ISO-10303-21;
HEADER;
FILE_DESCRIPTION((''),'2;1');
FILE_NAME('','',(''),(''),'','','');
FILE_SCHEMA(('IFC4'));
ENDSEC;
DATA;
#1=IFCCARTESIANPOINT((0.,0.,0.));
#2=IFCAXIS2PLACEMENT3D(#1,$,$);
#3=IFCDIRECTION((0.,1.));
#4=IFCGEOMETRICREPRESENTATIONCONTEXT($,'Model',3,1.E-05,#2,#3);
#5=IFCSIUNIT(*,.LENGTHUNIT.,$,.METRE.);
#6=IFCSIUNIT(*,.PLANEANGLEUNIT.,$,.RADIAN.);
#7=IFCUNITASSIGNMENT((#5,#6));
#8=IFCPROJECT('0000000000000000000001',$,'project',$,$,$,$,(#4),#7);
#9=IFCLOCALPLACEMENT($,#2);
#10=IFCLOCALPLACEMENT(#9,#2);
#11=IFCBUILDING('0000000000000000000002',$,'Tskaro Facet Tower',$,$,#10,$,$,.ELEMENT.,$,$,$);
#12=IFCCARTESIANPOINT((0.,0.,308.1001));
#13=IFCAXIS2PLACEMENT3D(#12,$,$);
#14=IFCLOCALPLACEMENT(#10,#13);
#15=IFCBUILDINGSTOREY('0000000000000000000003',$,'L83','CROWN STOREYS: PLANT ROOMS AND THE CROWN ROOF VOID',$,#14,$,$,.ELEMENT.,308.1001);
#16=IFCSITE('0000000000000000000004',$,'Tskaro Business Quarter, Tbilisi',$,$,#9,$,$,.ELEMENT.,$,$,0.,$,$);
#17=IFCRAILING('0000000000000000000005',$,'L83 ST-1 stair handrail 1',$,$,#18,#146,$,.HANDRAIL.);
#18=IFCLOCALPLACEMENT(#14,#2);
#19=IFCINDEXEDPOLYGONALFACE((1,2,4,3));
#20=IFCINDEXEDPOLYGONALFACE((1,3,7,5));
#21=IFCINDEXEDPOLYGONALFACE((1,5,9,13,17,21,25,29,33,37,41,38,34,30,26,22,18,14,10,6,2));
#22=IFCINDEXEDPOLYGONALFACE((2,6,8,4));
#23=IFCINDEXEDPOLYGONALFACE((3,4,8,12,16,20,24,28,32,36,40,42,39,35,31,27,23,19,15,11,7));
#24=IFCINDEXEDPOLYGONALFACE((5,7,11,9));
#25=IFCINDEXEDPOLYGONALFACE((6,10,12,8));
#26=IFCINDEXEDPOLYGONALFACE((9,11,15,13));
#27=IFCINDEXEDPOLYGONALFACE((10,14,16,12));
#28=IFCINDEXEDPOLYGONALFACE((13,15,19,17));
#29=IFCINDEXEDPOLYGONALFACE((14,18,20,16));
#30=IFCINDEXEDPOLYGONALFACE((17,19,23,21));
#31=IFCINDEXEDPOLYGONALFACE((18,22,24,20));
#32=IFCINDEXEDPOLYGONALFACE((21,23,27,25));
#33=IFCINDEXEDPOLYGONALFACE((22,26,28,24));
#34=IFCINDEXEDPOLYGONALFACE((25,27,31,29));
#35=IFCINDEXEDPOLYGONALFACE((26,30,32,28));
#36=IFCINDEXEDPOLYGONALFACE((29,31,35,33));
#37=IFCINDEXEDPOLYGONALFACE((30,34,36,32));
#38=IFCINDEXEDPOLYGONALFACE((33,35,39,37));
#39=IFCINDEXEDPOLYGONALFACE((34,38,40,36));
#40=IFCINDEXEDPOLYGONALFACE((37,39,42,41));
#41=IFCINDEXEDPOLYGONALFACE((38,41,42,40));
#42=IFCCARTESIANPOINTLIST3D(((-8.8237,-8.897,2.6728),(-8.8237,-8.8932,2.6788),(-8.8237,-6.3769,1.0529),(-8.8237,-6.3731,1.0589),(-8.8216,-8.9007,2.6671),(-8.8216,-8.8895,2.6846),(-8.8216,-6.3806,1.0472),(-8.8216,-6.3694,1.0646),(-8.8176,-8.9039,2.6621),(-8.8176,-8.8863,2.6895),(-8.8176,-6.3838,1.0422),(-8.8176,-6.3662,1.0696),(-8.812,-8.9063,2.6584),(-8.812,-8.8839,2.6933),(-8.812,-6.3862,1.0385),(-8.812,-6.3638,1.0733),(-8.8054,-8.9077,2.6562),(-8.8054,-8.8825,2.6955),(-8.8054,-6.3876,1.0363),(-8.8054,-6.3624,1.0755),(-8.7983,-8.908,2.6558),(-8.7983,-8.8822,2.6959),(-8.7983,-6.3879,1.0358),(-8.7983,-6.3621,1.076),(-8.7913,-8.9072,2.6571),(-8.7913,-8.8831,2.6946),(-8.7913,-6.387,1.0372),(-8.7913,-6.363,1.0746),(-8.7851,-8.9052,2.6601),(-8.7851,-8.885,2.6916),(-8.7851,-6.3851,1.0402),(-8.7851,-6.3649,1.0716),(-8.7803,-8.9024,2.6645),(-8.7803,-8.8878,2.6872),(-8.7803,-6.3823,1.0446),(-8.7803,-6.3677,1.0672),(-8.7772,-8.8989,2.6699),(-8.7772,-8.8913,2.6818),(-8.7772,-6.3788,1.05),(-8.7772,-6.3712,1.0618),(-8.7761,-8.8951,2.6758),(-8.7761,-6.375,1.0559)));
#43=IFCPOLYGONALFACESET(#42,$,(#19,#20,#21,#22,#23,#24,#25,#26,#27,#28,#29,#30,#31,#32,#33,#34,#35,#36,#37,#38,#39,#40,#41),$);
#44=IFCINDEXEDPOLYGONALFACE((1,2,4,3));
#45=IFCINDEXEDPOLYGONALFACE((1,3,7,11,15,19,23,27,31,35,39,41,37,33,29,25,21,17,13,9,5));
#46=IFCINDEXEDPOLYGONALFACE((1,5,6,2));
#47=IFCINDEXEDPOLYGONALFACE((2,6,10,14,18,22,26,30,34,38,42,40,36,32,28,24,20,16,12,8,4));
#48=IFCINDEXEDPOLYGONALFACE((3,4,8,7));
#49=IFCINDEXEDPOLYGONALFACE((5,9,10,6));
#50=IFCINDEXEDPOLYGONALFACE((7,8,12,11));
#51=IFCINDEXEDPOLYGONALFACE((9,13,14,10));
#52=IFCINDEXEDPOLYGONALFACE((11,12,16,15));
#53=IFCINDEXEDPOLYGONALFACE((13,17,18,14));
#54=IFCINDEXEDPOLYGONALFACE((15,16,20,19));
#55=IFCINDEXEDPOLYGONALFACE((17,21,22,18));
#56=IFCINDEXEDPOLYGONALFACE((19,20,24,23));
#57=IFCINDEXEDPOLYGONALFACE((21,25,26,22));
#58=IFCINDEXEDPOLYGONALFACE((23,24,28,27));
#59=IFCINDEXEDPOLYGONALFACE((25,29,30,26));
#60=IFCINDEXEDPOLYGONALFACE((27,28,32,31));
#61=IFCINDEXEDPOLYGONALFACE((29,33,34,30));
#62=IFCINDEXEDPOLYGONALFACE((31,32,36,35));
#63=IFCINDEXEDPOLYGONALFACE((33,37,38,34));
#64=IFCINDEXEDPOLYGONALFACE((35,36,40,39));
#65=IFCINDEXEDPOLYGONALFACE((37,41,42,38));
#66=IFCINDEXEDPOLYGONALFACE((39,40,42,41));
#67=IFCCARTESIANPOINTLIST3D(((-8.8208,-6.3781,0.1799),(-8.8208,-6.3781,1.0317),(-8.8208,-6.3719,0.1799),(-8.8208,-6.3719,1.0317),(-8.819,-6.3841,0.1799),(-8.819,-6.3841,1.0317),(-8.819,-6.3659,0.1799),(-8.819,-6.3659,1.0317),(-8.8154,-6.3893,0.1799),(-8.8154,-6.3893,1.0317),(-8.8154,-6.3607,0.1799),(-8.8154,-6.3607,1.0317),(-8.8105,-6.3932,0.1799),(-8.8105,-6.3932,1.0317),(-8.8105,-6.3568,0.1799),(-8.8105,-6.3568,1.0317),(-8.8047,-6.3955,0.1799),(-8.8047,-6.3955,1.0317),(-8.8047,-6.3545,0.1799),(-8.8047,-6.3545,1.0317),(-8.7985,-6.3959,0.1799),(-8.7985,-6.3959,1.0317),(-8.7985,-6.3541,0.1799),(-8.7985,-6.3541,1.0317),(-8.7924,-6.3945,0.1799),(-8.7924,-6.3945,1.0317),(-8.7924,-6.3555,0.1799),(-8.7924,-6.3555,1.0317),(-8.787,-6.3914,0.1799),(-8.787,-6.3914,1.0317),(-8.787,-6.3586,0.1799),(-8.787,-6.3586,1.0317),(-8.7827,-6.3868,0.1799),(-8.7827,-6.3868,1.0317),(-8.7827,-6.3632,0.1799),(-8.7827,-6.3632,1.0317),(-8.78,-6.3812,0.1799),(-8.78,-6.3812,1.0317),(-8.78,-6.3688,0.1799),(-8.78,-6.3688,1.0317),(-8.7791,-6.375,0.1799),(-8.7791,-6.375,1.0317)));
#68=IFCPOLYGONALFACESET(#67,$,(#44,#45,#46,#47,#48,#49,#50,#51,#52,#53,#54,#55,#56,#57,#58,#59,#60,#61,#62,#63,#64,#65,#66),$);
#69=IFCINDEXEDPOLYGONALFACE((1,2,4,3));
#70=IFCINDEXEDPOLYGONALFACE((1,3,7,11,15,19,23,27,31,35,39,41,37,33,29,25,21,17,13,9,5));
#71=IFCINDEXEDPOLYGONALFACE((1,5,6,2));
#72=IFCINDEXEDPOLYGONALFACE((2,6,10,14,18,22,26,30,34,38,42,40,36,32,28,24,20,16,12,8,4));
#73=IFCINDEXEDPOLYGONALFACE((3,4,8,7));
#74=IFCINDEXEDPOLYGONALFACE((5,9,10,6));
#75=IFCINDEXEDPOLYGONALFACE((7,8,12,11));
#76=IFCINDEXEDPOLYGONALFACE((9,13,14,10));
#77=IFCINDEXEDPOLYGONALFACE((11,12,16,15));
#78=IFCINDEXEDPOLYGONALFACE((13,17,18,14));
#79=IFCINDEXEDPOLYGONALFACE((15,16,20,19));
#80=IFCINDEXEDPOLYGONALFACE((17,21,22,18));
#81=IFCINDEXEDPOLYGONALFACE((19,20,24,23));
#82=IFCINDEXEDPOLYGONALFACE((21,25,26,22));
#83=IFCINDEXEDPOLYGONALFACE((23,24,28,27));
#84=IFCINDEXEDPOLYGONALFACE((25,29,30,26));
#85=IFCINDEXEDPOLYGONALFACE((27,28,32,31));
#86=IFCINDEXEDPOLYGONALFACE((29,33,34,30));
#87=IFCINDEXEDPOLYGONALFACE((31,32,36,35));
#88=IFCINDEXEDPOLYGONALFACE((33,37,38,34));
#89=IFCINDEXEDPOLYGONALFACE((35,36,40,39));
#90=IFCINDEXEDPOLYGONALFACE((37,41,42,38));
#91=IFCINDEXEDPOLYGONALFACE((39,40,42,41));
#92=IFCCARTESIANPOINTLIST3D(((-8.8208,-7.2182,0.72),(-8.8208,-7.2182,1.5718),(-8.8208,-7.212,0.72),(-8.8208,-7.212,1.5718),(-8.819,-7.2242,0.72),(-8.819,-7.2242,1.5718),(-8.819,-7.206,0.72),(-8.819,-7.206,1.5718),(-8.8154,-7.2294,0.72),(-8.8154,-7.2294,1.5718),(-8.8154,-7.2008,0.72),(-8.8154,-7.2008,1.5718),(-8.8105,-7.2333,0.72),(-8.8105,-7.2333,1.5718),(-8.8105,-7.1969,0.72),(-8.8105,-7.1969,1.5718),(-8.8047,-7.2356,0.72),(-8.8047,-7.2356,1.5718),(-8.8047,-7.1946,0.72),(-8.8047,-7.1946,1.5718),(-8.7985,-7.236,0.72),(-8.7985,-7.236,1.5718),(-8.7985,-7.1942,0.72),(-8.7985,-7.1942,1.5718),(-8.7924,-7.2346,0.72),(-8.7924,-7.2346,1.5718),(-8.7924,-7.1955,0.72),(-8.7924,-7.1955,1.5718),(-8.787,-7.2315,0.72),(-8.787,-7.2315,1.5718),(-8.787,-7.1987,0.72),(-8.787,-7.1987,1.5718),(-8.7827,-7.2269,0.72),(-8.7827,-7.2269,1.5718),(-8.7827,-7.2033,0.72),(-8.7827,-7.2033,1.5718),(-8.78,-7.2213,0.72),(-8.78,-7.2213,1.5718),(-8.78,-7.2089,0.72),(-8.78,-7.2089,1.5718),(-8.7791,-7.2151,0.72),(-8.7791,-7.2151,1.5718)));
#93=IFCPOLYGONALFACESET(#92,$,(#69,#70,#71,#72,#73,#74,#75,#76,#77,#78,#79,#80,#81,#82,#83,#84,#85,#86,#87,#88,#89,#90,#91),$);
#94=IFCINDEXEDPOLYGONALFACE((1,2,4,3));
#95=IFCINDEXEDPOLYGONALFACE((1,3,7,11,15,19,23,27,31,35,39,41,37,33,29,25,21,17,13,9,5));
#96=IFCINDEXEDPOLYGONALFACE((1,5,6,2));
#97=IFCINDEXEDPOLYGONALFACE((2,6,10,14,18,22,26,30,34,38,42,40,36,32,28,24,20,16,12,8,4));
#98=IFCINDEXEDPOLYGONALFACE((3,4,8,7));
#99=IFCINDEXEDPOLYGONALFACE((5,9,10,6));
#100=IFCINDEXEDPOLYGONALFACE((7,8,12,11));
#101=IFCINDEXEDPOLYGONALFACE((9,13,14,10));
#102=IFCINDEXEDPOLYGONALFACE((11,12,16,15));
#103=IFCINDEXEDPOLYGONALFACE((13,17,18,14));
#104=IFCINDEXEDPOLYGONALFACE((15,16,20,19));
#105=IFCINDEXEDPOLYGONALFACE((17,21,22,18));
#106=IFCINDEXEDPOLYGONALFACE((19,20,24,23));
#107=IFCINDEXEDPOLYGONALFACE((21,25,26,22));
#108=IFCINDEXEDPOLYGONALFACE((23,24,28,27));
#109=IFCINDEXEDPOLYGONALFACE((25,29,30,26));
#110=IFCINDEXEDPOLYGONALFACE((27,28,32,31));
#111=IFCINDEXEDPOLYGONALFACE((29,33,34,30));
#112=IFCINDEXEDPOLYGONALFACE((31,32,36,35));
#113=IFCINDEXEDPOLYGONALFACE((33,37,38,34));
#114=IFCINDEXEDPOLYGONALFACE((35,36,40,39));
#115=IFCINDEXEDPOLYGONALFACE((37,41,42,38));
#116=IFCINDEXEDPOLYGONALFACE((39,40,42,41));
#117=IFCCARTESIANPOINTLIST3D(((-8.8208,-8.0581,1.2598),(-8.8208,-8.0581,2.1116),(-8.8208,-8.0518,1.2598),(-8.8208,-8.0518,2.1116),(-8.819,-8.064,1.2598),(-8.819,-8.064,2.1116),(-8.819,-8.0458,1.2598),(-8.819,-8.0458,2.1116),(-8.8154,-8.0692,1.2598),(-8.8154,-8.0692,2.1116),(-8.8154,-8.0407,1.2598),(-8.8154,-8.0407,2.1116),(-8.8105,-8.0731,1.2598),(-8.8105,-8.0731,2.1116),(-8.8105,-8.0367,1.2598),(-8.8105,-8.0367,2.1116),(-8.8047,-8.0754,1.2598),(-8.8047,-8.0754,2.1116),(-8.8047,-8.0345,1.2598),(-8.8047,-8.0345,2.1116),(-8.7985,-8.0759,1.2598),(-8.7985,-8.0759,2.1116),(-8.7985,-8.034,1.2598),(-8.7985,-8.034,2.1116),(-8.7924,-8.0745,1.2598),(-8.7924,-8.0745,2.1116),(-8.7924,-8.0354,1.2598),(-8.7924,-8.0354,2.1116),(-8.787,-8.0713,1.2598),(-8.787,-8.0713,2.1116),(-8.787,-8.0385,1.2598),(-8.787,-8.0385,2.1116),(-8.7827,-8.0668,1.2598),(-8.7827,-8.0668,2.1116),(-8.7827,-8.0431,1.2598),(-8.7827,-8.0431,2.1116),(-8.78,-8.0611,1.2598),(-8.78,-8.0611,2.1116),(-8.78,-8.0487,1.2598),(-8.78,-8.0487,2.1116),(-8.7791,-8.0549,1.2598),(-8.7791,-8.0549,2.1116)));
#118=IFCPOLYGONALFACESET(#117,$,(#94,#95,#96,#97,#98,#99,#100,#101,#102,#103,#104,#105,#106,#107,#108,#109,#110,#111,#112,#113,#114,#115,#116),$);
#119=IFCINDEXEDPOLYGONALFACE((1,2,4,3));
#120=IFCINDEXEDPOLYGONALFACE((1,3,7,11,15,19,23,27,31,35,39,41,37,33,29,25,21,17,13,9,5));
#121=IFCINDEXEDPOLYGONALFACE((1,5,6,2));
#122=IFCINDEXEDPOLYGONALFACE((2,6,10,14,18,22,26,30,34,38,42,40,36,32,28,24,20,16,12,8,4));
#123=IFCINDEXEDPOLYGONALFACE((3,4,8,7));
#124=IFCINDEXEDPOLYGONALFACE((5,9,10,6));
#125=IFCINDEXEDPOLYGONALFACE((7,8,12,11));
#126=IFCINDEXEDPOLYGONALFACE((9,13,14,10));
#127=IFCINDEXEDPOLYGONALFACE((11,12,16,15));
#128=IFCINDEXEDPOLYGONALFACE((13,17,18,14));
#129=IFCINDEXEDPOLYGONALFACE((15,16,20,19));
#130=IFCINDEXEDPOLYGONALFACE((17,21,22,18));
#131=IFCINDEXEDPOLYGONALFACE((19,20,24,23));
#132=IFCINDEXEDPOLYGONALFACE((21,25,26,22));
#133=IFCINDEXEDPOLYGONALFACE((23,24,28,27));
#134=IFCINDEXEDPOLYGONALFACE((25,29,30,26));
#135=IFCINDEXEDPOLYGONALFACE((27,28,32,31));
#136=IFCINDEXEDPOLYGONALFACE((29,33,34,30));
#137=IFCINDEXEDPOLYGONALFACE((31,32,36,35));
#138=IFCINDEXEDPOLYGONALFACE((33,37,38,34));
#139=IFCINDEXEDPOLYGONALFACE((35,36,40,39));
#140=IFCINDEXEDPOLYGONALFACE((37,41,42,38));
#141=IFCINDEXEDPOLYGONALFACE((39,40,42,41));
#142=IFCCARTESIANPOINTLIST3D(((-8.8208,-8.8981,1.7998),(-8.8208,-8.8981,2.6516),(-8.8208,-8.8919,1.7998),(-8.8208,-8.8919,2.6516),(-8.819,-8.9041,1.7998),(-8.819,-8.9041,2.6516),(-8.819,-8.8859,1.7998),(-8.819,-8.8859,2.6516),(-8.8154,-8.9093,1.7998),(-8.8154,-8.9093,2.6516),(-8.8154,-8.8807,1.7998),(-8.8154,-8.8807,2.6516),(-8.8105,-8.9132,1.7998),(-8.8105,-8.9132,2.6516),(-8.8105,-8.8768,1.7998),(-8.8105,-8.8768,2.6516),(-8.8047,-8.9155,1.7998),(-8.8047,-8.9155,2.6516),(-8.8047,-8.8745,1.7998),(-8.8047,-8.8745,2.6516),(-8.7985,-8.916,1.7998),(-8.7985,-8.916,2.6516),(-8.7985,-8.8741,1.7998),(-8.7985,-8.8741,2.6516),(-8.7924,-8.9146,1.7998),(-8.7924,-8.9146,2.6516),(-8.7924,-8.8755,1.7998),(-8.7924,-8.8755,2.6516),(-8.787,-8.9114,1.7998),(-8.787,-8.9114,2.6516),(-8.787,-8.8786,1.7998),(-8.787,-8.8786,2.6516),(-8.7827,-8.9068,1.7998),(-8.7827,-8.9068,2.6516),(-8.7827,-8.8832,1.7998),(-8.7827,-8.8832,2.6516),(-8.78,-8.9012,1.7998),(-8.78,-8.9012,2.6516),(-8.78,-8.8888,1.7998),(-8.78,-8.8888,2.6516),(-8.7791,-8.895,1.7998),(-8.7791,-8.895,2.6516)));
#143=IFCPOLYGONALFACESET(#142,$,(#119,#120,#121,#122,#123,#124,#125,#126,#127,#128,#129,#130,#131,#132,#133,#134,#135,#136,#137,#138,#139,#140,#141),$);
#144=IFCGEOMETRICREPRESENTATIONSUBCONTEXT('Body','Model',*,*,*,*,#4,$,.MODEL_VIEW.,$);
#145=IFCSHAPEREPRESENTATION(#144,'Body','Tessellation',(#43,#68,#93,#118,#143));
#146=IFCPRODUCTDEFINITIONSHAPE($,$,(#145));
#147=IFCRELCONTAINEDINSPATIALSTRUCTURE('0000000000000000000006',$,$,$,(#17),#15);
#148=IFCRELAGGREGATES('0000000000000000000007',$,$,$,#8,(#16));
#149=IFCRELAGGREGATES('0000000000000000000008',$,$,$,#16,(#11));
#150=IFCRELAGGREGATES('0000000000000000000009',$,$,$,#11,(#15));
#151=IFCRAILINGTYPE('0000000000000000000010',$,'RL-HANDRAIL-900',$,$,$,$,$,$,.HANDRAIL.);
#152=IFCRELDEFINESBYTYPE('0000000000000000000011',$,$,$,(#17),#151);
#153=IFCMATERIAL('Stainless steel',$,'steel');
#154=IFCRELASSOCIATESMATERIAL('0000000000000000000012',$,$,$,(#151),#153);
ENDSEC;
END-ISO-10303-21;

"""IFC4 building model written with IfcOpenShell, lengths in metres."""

from ifc_helpers import new_model, si_unit, direction, frame, origin, origin_2d, place, context, subcontext, project, spatial, circle, extrude, material, type_object, element, save


model = new_model("IFC4")

# Units and contexts
model_context = context("Model", 3, precision=1e-05, world=origin(), true_north=direction((0.0, 1.0)))
body_context = subcontext(model_context, "Body", "Model", "MODEL_VIEW")
ifc_project = project(units=[si_unit("LENGTHUNIT", "METRE"), si_unit("PLANEANGLEUNIT", "RADIAN")], contexts=[model_context])

# Site, building, storey
site_placement = place(None, origin())
site = spatial("IfcSite", under=ifc_project, at=site_placement, Name="Tskaro Business Quarter, Tbilisi", CompositionType="ELEMENT", RefElevation=0.0)
building_placement = place(site_placement, origin())
building = spatial("IfcBuilding", under=site, at=building_placement, Name="Tskaro Facet Tower", CompositionType="ELEMENT")
storey_placement = place(building_placement, frame((0.0, 0.0, 308.1001)))
storey = spatial("IfcBuildingStorey", under=building, at=storey_placement, Name="L83", Description="CROWN STOREYS: PLANT ROOMS AND THE CROWN ROOF VOID", CompositionType="ELEMENT", Elevation=308.1001)

# Railing
ifc_material_1 = material(Name="Stainless steel", Category="steel")
railing_type_1 = type_object("IfcRailingType", Name="RL-HANDRAIL-900", PredefinedType="HANDRAIL", material=ifc_material_1)
railing_1_placement = place(storey_placement, frame((-8.8, -6.375, 0.1799)))
element("IfcRailing", 1, at=railing_1_placement, inside=storey, type_object=railing_type_1, Name="L83 ST-1 stair handrail 1", PredefinedType="HANDRAIL", context=body_context, shape_type="SweptSolid", body=[
    extrude(circle(Radius=0.0239, at=origin_2d()), frame((0.0, 0.0, 0.876), z_axis=(0.0, -0.8412, 0.540725), x_axis=(1.0, 0.0, 0.0)), (0.0, 0.0, 1.0), 2.9958),
    extrude(circle(Radius=0.021, at=origin_2d()), origin(), (0.0, 0.0, 1.0), 0.8518),
    extrude(circle(Radius=0.021, at=origin_2d()), frame((0.0, -0.8401, 0.54)), (0.0, 0.0, 1.0), 0.8518),
    extrude(circle(Radius=0.021, at=origin_2d()), frame((0.0, -1.6799, 1.0798)), (0.0, 0.0, 1.0), 0.8518),
    extrude(circle(Radius=0.021, at=origin_2d()), frame((0.0, -2.52, 1.6199)), (0.0, 0.0, 1.0), 0.8518),
])

save(model, "model.ifc")
